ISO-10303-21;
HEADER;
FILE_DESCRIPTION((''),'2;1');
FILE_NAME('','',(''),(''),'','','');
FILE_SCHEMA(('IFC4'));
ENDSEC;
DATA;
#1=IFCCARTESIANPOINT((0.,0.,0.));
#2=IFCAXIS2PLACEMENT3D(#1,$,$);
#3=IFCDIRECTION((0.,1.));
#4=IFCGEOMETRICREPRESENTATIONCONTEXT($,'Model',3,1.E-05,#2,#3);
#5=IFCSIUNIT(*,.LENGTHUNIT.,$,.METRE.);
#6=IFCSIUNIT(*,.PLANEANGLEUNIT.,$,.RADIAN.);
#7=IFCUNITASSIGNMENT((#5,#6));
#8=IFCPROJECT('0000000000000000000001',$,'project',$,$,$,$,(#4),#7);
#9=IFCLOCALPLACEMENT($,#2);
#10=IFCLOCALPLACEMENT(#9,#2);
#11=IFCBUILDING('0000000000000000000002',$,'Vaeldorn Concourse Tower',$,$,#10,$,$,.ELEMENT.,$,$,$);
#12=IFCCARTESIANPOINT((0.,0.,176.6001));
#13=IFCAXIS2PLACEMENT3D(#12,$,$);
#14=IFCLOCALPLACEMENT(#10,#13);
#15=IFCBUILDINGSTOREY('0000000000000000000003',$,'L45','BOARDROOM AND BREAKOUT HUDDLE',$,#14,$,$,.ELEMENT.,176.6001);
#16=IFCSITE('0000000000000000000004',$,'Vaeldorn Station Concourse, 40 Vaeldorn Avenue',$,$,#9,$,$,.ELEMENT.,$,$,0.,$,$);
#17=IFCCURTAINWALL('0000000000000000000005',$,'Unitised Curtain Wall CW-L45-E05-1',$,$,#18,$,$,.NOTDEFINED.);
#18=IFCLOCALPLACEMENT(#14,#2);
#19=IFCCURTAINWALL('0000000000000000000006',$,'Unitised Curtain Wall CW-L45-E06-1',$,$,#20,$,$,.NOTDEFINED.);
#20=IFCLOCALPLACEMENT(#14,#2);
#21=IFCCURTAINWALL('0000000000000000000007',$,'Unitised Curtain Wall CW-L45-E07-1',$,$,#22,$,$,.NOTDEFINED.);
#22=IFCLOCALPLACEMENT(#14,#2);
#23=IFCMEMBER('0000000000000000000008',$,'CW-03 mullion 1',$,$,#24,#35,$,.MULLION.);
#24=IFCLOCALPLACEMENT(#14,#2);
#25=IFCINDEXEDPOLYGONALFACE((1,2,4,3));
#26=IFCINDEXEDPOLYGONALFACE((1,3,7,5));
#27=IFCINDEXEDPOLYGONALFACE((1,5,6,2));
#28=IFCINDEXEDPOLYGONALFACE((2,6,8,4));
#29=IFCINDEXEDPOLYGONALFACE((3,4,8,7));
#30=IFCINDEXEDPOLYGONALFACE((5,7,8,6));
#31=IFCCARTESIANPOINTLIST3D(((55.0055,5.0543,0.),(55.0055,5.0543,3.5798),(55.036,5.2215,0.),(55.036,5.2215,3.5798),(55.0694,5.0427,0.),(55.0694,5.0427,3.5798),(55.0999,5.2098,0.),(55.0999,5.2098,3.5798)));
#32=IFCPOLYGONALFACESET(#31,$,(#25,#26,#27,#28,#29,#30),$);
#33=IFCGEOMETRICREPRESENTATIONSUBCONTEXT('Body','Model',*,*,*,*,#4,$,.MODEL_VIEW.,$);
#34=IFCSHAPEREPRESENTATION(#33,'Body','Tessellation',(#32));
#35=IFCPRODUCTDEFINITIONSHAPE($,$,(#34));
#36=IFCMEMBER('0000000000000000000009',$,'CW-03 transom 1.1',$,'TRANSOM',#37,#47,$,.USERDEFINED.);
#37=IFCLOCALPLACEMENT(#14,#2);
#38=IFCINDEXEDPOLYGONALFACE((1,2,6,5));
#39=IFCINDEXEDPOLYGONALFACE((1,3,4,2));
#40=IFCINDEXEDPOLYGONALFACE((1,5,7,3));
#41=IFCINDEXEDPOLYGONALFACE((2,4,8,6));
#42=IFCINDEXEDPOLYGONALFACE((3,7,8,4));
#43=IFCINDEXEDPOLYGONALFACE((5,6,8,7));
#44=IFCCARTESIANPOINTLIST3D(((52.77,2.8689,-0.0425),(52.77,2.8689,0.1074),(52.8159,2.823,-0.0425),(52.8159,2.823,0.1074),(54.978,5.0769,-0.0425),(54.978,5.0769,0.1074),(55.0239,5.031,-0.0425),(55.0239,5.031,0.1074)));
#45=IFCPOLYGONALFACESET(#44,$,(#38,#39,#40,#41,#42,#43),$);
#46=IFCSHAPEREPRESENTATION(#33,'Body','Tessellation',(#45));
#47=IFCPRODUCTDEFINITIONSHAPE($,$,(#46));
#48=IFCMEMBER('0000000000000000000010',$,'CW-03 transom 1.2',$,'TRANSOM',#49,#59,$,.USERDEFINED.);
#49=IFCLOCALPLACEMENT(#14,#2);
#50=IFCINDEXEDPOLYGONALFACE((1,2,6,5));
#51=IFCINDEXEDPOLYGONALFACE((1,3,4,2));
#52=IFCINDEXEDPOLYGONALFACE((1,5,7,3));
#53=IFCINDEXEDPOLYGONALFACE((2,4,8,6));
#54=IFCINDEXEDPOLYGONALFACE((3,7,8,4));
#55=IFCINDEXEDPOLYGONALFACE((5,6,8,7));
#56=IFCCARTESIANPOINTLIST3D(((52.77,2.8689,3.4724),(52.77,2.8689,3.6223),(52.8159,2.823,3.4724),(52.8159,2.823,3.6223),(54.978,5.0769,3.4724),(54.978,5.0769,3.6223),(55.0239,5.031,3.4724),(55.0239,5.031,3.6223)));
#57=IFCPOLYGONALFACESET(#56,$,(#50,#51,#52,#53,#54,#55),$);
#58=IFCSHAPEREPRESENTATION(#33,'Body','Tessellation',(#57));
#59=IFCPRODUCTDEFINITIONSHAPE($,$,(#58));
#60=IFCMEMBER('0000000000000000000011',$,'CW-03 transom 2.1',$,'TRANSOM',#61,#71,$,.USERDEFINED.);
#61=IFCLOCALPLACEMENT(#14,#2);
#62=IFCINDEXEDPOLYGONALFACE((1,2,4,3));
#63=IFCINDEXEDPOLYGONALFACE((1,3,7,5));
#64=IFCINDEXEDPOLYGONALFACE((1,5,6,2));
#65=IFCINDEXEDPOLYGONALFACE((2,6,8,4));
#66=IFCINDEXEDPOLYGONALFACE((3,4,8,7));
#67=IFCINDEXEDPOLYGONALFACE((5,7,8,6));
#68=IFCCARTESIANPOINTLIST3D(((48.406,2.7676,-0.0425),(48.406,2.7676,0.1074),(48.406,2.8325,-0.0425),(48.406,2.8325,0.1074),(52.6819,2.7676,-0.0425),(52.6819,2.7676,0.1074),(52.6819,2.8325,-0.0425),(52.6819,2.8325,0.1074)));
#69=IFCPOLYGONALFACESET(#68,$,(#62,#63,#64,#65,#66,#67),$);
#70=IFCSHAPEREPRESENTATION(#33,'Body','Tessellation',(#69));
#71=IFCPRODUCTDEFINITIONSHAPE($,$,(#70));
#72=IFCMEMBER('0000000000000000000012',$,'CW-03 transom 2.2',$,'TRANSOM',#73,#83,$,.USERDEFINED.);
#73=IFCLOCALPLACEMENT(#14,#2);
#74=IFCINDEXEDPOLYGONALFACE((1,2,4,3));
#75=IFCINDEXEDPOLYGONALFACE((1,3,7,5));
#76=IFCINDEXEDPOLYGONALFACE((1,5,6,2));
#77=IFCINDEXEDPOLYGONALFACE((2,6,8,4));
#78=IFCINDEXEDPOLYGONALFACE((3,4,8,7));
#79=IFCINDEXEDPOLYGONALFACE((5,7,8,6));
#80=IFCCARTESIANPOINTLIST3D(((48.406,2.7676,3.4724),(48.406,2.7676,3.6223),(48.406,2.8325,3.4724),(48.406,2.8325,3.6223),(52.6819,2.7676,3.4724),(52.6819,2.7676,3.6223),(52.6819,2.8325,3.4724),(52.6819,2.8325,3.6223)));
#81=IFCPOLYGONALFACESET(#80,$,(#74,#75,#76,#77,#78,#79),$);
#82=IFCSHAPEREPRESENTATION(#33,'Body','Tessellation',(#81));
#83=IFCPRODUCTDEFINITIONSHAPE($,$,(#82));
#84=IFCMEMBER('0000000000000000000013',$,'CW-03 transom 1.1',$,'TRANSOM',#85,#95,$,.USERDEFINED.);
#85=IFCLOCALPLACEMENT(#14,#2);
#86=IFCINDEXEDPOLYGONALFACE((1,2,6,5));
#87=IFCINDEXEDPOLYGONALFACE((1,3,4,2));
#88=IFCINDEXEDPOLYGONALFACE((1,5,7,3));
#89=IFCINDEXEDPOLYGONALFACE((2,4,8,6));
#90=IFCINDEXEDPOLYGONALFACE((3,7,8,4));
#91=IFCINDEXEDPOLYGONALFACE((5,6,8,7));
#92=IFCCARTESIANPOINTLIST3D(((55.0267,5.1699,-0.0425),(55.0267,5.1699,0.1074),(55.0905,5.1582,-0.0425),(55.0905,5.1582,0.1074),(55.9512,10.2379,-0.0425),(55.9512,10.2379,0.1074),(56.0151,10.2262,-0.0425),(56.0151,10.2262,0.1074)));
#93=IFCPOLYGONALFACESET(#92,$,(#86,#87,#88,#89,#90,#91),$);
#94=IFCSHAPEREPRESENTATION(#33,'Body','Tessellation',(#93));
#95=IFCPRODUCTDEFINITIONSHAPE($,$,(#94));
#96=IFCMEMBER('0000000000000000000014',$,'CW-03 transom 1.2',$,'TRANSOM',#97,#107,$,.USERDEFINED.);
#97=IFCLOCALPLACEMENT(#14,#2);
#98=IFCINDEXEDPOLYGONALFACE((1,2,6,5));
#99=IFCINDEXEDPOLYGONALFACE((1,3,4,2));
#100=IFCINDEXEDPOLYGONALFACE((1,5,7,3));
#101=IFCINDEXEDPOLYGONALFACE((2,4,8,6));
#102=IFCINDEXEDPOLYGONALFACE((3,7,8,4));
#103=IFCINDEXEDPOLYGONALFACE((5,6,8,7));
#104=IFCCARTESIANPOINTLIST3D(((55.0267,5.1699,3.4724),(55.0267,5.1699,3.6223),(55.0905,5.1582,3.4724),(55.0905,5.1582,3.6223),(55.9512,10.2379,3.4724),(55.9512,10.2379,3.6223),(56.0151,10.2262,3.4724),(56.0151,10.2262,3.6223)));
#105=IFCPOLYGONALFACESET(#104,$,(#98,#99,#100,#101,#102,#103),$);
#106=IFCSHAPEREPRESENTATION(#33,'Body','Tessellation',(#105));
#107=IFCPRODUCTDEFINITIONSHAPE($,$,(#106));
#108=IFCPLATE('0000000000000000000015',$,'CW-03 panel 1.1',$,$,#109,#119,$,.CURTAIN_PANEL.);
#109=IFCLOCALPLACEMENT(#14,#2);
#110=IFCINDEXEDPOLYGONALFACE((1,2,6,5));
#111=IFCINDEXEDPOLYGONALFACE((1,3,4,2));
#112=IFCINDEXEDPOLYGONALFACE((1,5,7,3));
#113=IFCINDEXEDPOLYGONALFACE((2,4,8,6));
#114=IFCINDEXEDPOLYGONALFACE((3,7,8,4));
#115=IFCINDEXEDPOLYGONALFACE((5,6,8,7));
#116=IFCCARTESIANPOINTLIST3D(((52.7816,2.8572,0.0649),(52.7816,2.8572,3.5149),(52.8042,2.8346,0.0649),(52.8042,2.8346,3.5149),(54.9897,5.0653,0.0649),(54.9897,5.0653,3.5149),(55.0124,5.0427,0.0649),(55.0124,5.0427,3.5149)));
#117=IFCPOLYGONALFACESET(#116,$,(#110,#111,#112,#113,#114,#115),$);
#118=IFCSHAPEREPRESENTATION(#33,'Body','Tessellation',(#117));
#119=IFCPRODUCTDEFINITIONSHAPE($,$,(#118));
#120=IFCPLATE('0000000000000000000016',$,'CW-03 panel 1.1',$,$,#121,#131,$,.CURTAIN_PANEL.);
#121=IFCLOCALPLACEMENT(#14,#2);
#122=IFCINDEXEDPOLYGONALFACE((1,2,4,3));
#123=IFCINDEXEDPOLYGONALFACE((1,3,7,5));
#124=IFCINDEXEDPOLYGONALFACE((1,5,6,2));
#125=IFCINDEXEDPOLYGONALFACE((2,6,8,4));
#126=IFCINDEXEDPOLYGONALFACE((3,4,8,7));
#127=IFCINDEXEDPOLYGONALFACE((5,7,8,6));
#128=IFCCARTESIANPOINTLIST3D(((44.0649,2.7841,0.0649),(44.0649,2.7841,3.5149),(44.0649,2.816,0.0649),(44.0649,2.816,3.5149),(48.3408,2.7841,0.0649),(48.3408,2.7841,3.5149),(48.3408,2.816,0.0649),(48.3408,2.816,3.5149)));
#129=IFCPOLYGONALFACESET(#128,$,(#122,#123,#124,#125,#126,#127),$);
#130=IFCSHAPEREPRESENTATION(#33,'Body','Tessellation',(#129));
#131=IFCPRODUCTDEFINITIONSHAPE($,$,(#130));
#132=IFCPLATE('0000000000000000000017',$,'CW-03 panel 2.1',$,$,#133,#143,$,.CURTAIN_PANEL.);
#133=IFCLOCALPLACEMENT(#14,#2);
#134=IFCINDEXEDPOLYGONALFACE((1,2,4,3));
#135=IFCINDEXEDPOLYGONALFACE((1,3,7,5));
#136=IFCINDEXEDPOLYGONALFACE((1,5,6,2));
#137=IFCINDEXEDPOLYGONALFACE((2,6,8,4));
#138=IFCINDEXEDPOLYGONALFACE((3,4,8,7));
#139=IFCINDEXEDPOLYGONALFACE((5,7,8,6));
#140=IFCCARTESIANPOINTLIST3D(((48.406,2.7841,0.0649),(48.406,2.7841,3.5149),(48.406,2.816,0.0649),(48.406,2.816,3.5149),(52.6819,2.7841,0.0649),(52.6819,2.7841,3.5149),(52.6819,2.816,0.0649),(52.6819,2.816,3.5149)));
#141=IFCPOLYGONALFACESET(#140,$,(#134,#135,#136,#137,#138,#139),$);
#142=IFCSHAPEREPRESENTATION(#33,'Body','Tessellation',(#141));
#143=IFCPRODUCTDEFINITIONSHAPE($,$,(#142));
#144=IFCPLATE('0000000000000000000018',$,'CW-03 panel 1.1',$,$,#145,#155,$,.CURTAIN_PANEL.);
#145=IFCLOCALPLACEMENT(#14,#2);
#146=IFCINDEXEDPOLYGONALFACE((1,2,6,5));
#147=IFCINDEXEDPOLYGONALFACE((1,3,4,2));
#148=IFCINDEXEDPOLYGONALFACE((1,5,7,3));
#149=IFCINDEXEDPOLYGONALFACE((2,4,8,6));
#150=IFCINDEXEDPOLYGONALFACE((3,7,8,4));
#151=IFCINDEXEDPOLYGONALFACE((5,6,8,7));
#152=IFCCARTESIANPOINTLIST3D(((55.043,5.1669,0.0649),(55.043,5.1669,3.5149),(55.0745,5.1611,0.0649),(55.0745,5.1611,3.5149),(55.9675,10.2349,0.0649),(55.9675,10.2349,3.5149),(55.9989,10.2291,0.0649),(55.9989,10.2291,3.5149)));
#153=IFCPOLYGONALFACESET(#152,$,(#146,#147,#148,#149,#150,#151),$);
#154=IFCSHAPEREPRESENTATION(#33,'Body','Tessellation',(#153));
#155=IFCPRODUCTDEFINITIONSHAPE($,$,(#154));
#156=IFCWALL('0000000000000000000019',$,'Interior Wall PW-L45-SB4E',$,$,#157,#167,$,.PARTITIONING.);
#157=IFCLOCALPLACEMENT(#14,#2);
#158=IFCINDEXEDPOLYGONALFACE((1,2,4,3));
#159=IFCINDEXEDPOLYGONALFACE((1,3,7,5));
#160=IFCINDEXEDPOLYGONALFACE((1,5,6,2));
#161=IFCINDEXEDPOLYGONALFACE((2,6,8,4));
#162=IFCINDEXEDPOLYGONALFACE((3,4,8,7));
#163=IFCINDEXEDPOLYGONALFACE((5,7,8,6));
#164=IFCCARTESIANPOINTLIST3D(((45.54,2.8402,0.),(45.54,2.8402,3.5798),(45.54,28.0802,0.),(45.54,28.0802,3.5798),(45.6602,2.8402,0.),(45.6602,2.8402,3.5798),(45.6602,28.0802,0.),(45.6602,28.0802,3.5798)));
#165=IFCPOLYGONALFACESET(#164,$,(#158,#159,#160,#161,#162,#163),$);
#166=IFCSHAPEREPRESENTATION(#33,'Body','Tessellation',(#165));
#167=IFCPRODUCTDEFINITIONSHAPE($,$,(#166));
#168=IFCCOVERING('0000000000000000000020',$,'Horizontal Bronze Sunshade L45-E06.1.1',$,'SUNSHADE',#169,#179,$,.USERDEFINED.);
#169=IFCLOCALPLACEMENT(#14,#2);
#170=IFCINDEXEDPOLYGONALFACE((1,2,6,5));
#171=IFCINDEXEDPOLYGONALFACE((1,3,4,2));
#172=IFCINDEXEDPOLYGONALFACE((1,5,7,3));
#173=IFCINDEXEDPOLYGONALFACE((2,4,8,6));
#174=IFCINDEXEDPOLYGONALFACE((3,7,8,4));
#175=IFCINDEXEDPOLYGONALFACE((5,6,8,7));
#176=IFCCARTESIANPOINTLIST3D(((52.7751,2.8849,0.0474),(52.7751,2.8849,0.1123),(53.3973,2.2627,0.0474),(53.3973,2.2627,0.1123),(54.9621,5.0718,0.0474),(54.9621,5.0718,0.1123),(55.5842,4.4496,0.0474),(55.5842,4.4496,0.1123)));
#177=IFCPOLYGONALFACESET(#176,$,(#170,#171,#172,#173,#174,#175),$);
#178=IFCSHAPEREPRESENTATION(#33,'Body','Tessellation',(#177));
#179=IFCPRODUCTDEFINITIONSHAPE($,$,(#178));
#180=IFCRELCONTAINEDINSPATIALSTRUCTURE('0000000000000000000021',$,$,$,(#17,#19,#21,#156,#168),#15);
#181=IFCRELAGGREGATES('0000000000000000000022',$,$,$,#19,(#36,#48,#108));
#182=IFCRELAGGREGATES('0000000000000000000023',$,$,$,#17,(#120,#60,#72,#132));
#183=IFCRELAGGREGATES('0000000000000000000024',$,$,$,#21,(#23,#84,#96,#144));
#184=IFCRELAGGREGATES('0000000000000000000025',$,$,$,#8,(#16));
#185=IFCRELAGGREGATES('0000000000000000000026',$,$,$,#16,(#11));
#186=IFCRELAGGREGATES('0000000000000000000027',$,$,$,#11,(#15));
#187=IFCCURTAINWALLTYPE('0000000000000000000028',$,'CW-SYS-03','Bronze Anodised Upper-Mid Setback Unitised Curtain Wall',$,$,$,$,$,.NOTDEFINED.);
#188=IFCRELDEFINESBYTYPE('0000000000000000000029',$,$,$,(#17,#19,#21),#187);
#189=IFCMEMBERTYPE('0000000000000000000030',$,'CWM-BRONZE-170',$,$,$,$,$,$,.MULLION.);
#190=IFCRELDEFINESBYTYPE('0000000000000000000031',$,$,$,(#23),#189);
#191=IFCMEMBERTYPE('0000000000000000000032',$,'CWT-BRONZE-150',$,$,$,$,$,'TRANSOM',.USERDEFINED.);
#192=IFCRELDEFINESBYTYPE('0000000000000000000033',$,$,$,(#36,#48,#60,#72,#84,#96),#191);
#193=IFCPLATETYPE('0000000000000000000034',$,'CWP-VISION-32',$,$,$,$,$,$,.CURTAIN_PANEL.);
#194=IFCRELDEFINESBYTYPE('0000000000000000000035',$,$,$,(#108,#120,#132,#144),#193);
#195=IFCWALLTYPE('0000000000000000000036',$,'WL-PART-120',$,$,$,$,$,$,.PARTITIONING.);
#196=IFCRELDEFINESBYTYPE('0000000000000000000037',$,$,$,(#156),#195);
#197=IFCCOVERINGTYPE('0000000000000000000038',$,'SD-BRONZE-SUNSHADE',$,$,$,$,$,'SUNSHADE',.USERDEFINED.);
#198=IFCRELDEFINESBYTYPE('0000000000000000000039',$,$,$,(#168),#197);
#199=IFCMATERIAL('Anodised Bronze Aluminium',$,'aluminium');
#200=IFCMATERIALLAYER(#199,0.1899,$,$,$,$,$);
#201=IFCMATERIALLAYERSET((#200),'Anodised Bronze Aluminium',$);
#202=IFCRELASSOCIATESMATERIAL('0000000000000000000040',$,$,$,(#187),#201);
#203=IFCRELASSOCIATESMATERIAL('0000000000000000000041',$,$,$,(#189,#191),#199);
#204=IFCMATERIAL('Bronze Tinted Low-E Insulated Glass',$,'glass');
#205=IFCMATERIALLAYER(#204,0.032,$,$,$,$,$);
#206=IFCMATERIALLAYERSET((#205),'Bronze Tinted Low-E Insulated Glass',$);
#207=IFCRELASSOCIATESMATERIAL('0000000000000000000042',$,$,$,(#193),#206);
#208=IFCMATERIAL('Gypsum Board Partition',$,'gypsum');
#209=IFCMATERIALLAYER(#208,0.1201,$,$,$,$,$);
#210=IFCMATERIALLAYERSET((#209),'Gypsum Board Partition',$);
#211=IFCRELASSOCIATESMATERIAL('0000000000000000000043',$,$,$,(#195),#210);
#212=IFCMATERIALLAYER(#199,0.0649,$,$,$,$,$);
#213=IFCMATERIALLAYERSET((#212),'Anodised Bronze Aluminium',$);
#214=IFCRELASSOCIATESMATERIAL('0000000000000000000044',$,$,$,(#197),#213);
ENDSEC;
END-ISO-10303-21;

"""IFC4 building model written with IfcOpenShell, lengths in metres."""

from ifc_helpers import new_model, si_unit, direction, frame, frame_2d, origin, origin_2d, place, context, subcontext, project, spatial, rectangle, extrude, source, transform, mapped, material, layer, layer_set, material_profile, profile_set, type_object, element, aggregate, save


model = new_model("IFC4")

# Units and contexts
model_context = context("Model", 3, precision=1e-05, world=origin(), true_north=direction((0.0, 1.0)))
body_context = subcontext(model_context, "Body", "Model", "MODEL_VIEW")
ifc_project = project(units=[si_unit("LENGTHUNIT", "METRE"), si_unit("PLANEANGLEUNIT", "RADIAN")], contexts=[model_context])

# Site, building, storey
site_placement = place(None, origin())
site = spatial("IfcSite", under=ifc_project, at=site_placement, Name="Vaeldorn Station Concourse, 40 Vaeldorn Avenue", CompositionType="ELEMENT", RefElevation=0.0)
building_placement = place(site_placement, origin())
building = spatial("IfcBuilding", under=site, at=building_placement, Name="Vaeldorn Concourse Tower", CompositionType="ELEMENT")
storey_placement = place(building_placement, frame((0.0, 0.0, 176.6001)))
storey = spatial("IfcBuildingStorey", under=building, at=storey_placement, Name="L45", Description="BOARDROOM AND BREAKOUT HUDDLE", CompositionType="ELEMENT", Elevation=176.6001)

# Curtain walls
ifc_material_1 = material(Name="Anodised Bronze Aluminium", Category="aluminium")
ifc_layer_1 = layer(ifc_material_1, 0.1899)
ifc_layer_set_1 = layer_set([ifc_layer_1], Name="Anodised Bronze Aluminium")
curtain_wall_type = type_object("IfcCurtainWallType", Name="CW-SYS-03", Description="Bronze Anodised Upper-Mid Setback Unitised Curtain Wall", PredefinedType="NOTDEFINED", material=ifc_layer_set_1)
curtain_wall_1_placement = place(storey_placement, origin())
curtain_wall_1 = element("IfcCurtainWall", 1, at=curtain_wall_1_placement, inside=storey, type_object=curtain_wall_type, Name="Unitised Curtain Wall CW-L45-E05-1", PredefinedType="NOTDEFINED")
ifc_material_profile_1 = material_profile(ifc_material_1, rectangle(XDim=0.0649, YDim=0.1699, at=origin_2d()), Name="CWM 65x170")
ifc_profile_set_1 = profile_set([ifc_material_profile_1], Name="Anodised Bronze Aluminium")
member_type_1 = type_object("IfcMemberType", Name="CWM-BRONZE-170", PredefinedType="MULLION", material=ifc_profile_set_1)
shared_shape_1 = source(origin(), body_context, "Body", "SweptSolid", [
    extrude(rectangle(XDim=0.0649, YDim=0.1699, at=origin_2d()), origin(), (0.0, 0.0, 1.0), 3.5798),
])
curtain_wall_2_placement = place(storey_placement, origin())
curtain_wall_2 = element("IfcCurtainWall", 2, at=curtain_wall_2_placement, inside=storey, type_object=curtain_wall_type, Name="Unitised Curtain Wall CW-L45-E06-1", PredefinedType="NOTDEFINED")

# Curtain wall, member
curtain_wall_3_placement = place(storey_placement, origin())
curtain_wall_3 = element("IfcCurtainWall", 3, at=curtain_wall_3_placement, inside=storey, type_object=curtain_wall_type, Name="Unitised Curtain Wall CW-L45-E07-1", PredefinedType="NOTDEFINED")
member_1_placement = place(storey_placement, frame((55.0527, 5.1321, 0.0), z_axis=(0.0, 0.0, 1.0), x_axis=(-0.983768, 0.179446, 0.0)))
member_1 = element("IfcMember", 4, at=member_1_placement, type_object=member_type_1, Name="CW-03 mullion 1", PredefinedType="MULLION", context=body_context, shape_type="MappedRepresentation", body=[
    mapped(shared_shape_1, transform((0.0, 0.0, 0.0), scale=1.0)),
])

# Members
ifc_material_profile_2 = material_profile(ifc_material_1, rectangle(XDim=0.0649, YDim=0.1499, at=origin_2d()), Name="CWT 65x150")
ifc_profile_set_2 = profile_set([ifc_material_profile_2], Name="Anodised Bronze Aluminium")
member_type_2 = type_object("IfcMemberType", Name="CWT-BRONZE-150", ElementType="TRANSOM", PredefinedType="USERDEFINED", material=ifc_profile_set_2)
shared_shape_2 = source(origin(), body_context, "Body", "SweptSolid", [
    extrude(rectangle(XDim=0.0649, YDim=0.1499, at=origin_2d()), origin(), (0.0, 0.0, 1.0), 3.1226),
])
member_2_placement = place(storey_placement, frame((52.793, 2.8459, 0.0325), z_axis=(0.707107, 0.707107, 0.0), x_axis=(-0.707107, 0.707107, 0.0)))
member_2 = element("IfcMember", 5, at=member_2_placement, type_object=member_type_2, Name="CW-03 transom 1.1", ObjectType="TRANSOM", PredefinedType="USERDEFINED", context=body_context, shape_type="MappedRepresentation", body=[
    mapped(shared_shape_2, transform((0.0, 0.0, 0.0), scale=1.0)),
])
member_3_placement = place(storey_placement, frame((52.793, 2.8459, 3.5474), z_axis=(0.707107, 0.707107, 0.0), x_axis=(-0.707107, 0.707107, 0.0)))
member_3 = element("IfcMember", 6, at=member_3_placement, type_object=member_type_2, Name="CW-03 transom 1.2", ObjectType="TRANSOM", PredefinedType="USERDEFINED", context=body_context, shape_type="MappedRepresentation", body=[
    mapped(shared_shape_2, transform((0.0, 0.0, 0.0), scale=1.0)),
])
shared_shape_3 = source(origin(), body_context, "Body", "SweptSolid", [
    extrude(rectangle(XDim=0.0649, YDim=0.1499, at=origin_2d()), origin(), (0.0, 0.0, 1.0), 4.2759),
])
member_4_placement = place(storey_placement, frame((48.406, 2.8, 0.0325), z_axis=(1.0, 0.0, 0.0), x_axis=(0.0, 1.0, 0.0)))
member_4 = element("IfcMember", 7, at=member_4_placement, type_object=member_type_2, Name="CW-03 transom 2.1", ObjectType="TRANSOM", PredefinedType="USERDEFINED", context=body_context, shape_type="MappedRepresentation", body=[
    mapped(shared_shape_3, transform((0.0, 0.0, 0.0), scale=1.0)),
])
member_5_placement = place(storey_placement, frame((48.406, 2.8, 3.5474), z_axis=(1.0, 0.0, 0.0), x_axis=(0.0, 1.0, 0.0)))
member_5 = element("IfcMember", 8, at=member_5_placement, type_object=member_type_2, Name="CW-03 transom 2.2", ObjectType="TRANSOM", PredefinedType="USERDEFINED", context=body_context, shape_type="MappedRepresentation", body=[
    mapped(shared_shape_3, transform((0.0, 0.0, 0.0), scale=1.0)),
])
shared_shape_4 = source(origin(), body_context, "Body", "SweptSolid", [
    extrude(rectangle(XDim=0.0649, YDim=0.1499, at=origin_2d()), origin(), (0.0, 0.0, 1.0), 5.1516),
])
member_6_placement = place(storey_placement, frame((55.0586, 5.1641, 0.0325), z_axis=(0.179473, 0.983763, 0.0), x_axis=(-0.983763, 0.179473, 0.0)))
member_6 = element("IfcMember", 9, at=member_6_placement, type_object=member_type_2, Name="CW-03 transom 1.1", ObjectType="TRANSOM", PredefinedType="USERDEFINED", context=body_context, shape_type="MappedRepresentation", body=[
    mapped(shared_shape_4, transform((0.0, 0.0, 0.0), scale=1.0)),
])
member_7_placement = place(storey_placement, frame((55.0586, 5.1641, 3.5474), z_axis=(0.179473, 0.983763, 0.0), x_axis=(-0.983763, 0.179473, 0.0)))
member_7 = element("IfcMember", 10, at=member_7_placement, type_object=member_type_2, Name="CW-03 transom 1.2", ObjectType="TRANSOM", PredefinedType="USERDEFINED", context=body_context, shape_type="MappedRepresentation", body=[
    mapped(shared_shape_4, transform((0.0, 0.0, 0.0), scale=1.0)),
])

# Plates
ifc_material_2 = material(Name="Bronze Tinted Low-E Insulated Glass", Category="glass")
ifc_layer_2 = layer(ifc_material_2, 0.032)
ifc_layer_set_2 = layer_set([ifc_layer_2], Name="Bronze Tinted Low-E Insulated Glass")
plate_type = type_object("IfcPlateType", Name="CWP-VISION-32", PredefinedType="CURTAIN_PANEL", material=ifc_layer_set_2)
shared_shape_5 = source(origin(), body_context, "Body", "SweptSolid", [
    extrude(rectangle(XDim=3.1228, YDim=0.032, at=origin_2d()), origin(), (0.0, 0.0, 1.0), 3.45),
])
plate_1_placement = place(storey_placement, frame((53.897, 3.95, 0.0649), z_axis=(0.0, 0.0, 1.0), x_axis=(0.707107, 0.707107, 0.0)))
plate_1 = element("IfcPlate", 11, at=plate_1_placement, type_object=plate_type, Name="CW-03 panel 1.1", PredefinedType="CURTAIN_PANEL", context=body_context, shape_type="MappedRepresentation", body=[
    mapped(shared_shape_5, transform((0.0, 0.0, 0.0), scale=1.0)),
])
aggregate(curtain_wall_2, [member_2, member_3, plate_1])
shared_shape_6 = source(origin(), body_context, "Body", "SweptSolid", [
    extrude(rectangle(XDim=4.2759, YDim=0.032, at=origin_2d()), origin(), (0.0, 0.0, 1.0), 3.45),
])
plate_2_placement = place(storey_placement, frame((46.2029, 2.8, 0.0649), z_axis=(0.0, 0.0, 1.0), x_axis=(1.0, 0.0, 0.0)))
plate_2 = element("IfcPlate", 12, at=plate_2_placement, type_object=plate_type, Name="CW-03 panel 1.1", PredefinedType="CURTAIN_PANEL", context=body_context, shape_type="MappedRepresentation", body=[
    mapped(shared_shape_6, transform((0.0, 0.0, 0.0), scale=1.0)),
])
plate_3_placement = place(storey_placement, frame((50.5439, 2.8, 0.0649), z_axis=(0.0, 0.0, 1.0), x_axis=(1.0, 0.0, 0.0)))
plate_3 = element("IfcPlate", 13, at=plate_3_placement, type_object=plate_type, Name="CW-03 panel 2.1", PredefinedType="CURTAIN_PANEL", context=body_context, shape_type="MappedRepresentation", body=[
    mapped(shared_shape_6, transform((0.0, 0.0, 0.0), scale=1.0)),
])
aggregate(curtain_wall_1, [plate_2, member_4, member_5, plate_3])
shared_shape_7 = source(origin(), body_context, "Body", "SweptSolid", [
    extrude(rectangle(XDim=5.1516, YDim=0.032, at=origin_2d()), origin(), (0.0, 0.0, 1.0), 3.45),
])
plate_4_placement = place(storey_placement, frame((55.521, 7.698, 0.0649), z_axis=(0.0, 0.0, 1.0), x_axis=(0.179446, 0.983768, 0.0)))
plate_4 = element("IfcPlate", 14, at=plate_4_placement, type_object=plate_type, Name="CW-03 panel 1.1", PredefinedType="CURTAIN_PANEL", context=body_context, shape_type="MappedRepresentation", body=[
    mapped(shared_shape_7, transform((0.0, 0.0, 0.0), scale=1.0)),
])
aggregate(curtain_wall_3, [member_1, member_6, member_7, plate_4])

# Wall
ifc_material_3 = material(Name="Gypsum Board Partition", Category="gypsum")
ifc_layer_3 = layer(ifc_material_3, 0.1201)
ifc_layer_set_3 = layer_set([ifc_layer_3], Name="Gypsum Board Partition")
wall_type = type_object("IfcWallType", Name="WL-PART-120", PredefinedType="PARTITIONING", material=ifc_layer_set_3)
wall_placement = place(storey_placement, frame((45.6001, 2.8401, 0.0), z_axis=(0.0, 0.0, 1.0), x_axis=(0.0, 1.0, 0.0)))
element("IfcWall", 15, at=wall_placement, inside=storey, type_object=wall_type, Name="Interior Wall PW-L45-SB4E", PredefinedType="PARTITIONING", context=body_context, shape_type="SweptSolid", body=[
    extrude(rectangle(XDim=25.24, YDim=0.1201, at=frame_2d((12.6201, 0.0))), origin(), (0.0, 0.0, 1.0), 3.5798),
])

# Covering
ifc_layer_4 = layer(ifc_material_1, 0.0649)
ifc_layer_set_4 = layer_set([ifc_layer_4], Name="Anodised Bronze Aluminium")
covering_type = type_object("IfcCoveringType", Name="SD-BRONZE-SUNSHADE", ElementType="SUNSHADE", PredefinedType="USERDEFINED", material=ifc_layer_set_4)
shared_shape_8 = source(origin(), body_context, "Body", "SweptSolid", [
    extrude(rectangle(XDim=3.0928, YDim=0.8799, at=origin_2d()), origin(), (0.0, 0.0, 1.0), 0.0649),
])
for number, where, z_axis, x_axis, name in (
    (16, (54.1797, 3.6672, 0.0474), (0.0, 0.0, 1.0), (0.707107, 0.707107, 0.0), "Horizontal Bronze Sunshade L45-E06.1.1"),
):
    element("IfcCovering", number, at=place(storey_placement, frame(where, z_axis=z_axis, x_axis=x_axis)), inside=storey, type_object=covering_type, Name=name, ObjectType="SUNSHADE", PredefinedType="USERDEFINED", context=body_context, shape_type="MappedRepresentation", body=[
        mapped(shared_shape_8, transform((0.0, 0.0, 0.0), scale=1.0)),
    ])

save(model, "model.ifc")
